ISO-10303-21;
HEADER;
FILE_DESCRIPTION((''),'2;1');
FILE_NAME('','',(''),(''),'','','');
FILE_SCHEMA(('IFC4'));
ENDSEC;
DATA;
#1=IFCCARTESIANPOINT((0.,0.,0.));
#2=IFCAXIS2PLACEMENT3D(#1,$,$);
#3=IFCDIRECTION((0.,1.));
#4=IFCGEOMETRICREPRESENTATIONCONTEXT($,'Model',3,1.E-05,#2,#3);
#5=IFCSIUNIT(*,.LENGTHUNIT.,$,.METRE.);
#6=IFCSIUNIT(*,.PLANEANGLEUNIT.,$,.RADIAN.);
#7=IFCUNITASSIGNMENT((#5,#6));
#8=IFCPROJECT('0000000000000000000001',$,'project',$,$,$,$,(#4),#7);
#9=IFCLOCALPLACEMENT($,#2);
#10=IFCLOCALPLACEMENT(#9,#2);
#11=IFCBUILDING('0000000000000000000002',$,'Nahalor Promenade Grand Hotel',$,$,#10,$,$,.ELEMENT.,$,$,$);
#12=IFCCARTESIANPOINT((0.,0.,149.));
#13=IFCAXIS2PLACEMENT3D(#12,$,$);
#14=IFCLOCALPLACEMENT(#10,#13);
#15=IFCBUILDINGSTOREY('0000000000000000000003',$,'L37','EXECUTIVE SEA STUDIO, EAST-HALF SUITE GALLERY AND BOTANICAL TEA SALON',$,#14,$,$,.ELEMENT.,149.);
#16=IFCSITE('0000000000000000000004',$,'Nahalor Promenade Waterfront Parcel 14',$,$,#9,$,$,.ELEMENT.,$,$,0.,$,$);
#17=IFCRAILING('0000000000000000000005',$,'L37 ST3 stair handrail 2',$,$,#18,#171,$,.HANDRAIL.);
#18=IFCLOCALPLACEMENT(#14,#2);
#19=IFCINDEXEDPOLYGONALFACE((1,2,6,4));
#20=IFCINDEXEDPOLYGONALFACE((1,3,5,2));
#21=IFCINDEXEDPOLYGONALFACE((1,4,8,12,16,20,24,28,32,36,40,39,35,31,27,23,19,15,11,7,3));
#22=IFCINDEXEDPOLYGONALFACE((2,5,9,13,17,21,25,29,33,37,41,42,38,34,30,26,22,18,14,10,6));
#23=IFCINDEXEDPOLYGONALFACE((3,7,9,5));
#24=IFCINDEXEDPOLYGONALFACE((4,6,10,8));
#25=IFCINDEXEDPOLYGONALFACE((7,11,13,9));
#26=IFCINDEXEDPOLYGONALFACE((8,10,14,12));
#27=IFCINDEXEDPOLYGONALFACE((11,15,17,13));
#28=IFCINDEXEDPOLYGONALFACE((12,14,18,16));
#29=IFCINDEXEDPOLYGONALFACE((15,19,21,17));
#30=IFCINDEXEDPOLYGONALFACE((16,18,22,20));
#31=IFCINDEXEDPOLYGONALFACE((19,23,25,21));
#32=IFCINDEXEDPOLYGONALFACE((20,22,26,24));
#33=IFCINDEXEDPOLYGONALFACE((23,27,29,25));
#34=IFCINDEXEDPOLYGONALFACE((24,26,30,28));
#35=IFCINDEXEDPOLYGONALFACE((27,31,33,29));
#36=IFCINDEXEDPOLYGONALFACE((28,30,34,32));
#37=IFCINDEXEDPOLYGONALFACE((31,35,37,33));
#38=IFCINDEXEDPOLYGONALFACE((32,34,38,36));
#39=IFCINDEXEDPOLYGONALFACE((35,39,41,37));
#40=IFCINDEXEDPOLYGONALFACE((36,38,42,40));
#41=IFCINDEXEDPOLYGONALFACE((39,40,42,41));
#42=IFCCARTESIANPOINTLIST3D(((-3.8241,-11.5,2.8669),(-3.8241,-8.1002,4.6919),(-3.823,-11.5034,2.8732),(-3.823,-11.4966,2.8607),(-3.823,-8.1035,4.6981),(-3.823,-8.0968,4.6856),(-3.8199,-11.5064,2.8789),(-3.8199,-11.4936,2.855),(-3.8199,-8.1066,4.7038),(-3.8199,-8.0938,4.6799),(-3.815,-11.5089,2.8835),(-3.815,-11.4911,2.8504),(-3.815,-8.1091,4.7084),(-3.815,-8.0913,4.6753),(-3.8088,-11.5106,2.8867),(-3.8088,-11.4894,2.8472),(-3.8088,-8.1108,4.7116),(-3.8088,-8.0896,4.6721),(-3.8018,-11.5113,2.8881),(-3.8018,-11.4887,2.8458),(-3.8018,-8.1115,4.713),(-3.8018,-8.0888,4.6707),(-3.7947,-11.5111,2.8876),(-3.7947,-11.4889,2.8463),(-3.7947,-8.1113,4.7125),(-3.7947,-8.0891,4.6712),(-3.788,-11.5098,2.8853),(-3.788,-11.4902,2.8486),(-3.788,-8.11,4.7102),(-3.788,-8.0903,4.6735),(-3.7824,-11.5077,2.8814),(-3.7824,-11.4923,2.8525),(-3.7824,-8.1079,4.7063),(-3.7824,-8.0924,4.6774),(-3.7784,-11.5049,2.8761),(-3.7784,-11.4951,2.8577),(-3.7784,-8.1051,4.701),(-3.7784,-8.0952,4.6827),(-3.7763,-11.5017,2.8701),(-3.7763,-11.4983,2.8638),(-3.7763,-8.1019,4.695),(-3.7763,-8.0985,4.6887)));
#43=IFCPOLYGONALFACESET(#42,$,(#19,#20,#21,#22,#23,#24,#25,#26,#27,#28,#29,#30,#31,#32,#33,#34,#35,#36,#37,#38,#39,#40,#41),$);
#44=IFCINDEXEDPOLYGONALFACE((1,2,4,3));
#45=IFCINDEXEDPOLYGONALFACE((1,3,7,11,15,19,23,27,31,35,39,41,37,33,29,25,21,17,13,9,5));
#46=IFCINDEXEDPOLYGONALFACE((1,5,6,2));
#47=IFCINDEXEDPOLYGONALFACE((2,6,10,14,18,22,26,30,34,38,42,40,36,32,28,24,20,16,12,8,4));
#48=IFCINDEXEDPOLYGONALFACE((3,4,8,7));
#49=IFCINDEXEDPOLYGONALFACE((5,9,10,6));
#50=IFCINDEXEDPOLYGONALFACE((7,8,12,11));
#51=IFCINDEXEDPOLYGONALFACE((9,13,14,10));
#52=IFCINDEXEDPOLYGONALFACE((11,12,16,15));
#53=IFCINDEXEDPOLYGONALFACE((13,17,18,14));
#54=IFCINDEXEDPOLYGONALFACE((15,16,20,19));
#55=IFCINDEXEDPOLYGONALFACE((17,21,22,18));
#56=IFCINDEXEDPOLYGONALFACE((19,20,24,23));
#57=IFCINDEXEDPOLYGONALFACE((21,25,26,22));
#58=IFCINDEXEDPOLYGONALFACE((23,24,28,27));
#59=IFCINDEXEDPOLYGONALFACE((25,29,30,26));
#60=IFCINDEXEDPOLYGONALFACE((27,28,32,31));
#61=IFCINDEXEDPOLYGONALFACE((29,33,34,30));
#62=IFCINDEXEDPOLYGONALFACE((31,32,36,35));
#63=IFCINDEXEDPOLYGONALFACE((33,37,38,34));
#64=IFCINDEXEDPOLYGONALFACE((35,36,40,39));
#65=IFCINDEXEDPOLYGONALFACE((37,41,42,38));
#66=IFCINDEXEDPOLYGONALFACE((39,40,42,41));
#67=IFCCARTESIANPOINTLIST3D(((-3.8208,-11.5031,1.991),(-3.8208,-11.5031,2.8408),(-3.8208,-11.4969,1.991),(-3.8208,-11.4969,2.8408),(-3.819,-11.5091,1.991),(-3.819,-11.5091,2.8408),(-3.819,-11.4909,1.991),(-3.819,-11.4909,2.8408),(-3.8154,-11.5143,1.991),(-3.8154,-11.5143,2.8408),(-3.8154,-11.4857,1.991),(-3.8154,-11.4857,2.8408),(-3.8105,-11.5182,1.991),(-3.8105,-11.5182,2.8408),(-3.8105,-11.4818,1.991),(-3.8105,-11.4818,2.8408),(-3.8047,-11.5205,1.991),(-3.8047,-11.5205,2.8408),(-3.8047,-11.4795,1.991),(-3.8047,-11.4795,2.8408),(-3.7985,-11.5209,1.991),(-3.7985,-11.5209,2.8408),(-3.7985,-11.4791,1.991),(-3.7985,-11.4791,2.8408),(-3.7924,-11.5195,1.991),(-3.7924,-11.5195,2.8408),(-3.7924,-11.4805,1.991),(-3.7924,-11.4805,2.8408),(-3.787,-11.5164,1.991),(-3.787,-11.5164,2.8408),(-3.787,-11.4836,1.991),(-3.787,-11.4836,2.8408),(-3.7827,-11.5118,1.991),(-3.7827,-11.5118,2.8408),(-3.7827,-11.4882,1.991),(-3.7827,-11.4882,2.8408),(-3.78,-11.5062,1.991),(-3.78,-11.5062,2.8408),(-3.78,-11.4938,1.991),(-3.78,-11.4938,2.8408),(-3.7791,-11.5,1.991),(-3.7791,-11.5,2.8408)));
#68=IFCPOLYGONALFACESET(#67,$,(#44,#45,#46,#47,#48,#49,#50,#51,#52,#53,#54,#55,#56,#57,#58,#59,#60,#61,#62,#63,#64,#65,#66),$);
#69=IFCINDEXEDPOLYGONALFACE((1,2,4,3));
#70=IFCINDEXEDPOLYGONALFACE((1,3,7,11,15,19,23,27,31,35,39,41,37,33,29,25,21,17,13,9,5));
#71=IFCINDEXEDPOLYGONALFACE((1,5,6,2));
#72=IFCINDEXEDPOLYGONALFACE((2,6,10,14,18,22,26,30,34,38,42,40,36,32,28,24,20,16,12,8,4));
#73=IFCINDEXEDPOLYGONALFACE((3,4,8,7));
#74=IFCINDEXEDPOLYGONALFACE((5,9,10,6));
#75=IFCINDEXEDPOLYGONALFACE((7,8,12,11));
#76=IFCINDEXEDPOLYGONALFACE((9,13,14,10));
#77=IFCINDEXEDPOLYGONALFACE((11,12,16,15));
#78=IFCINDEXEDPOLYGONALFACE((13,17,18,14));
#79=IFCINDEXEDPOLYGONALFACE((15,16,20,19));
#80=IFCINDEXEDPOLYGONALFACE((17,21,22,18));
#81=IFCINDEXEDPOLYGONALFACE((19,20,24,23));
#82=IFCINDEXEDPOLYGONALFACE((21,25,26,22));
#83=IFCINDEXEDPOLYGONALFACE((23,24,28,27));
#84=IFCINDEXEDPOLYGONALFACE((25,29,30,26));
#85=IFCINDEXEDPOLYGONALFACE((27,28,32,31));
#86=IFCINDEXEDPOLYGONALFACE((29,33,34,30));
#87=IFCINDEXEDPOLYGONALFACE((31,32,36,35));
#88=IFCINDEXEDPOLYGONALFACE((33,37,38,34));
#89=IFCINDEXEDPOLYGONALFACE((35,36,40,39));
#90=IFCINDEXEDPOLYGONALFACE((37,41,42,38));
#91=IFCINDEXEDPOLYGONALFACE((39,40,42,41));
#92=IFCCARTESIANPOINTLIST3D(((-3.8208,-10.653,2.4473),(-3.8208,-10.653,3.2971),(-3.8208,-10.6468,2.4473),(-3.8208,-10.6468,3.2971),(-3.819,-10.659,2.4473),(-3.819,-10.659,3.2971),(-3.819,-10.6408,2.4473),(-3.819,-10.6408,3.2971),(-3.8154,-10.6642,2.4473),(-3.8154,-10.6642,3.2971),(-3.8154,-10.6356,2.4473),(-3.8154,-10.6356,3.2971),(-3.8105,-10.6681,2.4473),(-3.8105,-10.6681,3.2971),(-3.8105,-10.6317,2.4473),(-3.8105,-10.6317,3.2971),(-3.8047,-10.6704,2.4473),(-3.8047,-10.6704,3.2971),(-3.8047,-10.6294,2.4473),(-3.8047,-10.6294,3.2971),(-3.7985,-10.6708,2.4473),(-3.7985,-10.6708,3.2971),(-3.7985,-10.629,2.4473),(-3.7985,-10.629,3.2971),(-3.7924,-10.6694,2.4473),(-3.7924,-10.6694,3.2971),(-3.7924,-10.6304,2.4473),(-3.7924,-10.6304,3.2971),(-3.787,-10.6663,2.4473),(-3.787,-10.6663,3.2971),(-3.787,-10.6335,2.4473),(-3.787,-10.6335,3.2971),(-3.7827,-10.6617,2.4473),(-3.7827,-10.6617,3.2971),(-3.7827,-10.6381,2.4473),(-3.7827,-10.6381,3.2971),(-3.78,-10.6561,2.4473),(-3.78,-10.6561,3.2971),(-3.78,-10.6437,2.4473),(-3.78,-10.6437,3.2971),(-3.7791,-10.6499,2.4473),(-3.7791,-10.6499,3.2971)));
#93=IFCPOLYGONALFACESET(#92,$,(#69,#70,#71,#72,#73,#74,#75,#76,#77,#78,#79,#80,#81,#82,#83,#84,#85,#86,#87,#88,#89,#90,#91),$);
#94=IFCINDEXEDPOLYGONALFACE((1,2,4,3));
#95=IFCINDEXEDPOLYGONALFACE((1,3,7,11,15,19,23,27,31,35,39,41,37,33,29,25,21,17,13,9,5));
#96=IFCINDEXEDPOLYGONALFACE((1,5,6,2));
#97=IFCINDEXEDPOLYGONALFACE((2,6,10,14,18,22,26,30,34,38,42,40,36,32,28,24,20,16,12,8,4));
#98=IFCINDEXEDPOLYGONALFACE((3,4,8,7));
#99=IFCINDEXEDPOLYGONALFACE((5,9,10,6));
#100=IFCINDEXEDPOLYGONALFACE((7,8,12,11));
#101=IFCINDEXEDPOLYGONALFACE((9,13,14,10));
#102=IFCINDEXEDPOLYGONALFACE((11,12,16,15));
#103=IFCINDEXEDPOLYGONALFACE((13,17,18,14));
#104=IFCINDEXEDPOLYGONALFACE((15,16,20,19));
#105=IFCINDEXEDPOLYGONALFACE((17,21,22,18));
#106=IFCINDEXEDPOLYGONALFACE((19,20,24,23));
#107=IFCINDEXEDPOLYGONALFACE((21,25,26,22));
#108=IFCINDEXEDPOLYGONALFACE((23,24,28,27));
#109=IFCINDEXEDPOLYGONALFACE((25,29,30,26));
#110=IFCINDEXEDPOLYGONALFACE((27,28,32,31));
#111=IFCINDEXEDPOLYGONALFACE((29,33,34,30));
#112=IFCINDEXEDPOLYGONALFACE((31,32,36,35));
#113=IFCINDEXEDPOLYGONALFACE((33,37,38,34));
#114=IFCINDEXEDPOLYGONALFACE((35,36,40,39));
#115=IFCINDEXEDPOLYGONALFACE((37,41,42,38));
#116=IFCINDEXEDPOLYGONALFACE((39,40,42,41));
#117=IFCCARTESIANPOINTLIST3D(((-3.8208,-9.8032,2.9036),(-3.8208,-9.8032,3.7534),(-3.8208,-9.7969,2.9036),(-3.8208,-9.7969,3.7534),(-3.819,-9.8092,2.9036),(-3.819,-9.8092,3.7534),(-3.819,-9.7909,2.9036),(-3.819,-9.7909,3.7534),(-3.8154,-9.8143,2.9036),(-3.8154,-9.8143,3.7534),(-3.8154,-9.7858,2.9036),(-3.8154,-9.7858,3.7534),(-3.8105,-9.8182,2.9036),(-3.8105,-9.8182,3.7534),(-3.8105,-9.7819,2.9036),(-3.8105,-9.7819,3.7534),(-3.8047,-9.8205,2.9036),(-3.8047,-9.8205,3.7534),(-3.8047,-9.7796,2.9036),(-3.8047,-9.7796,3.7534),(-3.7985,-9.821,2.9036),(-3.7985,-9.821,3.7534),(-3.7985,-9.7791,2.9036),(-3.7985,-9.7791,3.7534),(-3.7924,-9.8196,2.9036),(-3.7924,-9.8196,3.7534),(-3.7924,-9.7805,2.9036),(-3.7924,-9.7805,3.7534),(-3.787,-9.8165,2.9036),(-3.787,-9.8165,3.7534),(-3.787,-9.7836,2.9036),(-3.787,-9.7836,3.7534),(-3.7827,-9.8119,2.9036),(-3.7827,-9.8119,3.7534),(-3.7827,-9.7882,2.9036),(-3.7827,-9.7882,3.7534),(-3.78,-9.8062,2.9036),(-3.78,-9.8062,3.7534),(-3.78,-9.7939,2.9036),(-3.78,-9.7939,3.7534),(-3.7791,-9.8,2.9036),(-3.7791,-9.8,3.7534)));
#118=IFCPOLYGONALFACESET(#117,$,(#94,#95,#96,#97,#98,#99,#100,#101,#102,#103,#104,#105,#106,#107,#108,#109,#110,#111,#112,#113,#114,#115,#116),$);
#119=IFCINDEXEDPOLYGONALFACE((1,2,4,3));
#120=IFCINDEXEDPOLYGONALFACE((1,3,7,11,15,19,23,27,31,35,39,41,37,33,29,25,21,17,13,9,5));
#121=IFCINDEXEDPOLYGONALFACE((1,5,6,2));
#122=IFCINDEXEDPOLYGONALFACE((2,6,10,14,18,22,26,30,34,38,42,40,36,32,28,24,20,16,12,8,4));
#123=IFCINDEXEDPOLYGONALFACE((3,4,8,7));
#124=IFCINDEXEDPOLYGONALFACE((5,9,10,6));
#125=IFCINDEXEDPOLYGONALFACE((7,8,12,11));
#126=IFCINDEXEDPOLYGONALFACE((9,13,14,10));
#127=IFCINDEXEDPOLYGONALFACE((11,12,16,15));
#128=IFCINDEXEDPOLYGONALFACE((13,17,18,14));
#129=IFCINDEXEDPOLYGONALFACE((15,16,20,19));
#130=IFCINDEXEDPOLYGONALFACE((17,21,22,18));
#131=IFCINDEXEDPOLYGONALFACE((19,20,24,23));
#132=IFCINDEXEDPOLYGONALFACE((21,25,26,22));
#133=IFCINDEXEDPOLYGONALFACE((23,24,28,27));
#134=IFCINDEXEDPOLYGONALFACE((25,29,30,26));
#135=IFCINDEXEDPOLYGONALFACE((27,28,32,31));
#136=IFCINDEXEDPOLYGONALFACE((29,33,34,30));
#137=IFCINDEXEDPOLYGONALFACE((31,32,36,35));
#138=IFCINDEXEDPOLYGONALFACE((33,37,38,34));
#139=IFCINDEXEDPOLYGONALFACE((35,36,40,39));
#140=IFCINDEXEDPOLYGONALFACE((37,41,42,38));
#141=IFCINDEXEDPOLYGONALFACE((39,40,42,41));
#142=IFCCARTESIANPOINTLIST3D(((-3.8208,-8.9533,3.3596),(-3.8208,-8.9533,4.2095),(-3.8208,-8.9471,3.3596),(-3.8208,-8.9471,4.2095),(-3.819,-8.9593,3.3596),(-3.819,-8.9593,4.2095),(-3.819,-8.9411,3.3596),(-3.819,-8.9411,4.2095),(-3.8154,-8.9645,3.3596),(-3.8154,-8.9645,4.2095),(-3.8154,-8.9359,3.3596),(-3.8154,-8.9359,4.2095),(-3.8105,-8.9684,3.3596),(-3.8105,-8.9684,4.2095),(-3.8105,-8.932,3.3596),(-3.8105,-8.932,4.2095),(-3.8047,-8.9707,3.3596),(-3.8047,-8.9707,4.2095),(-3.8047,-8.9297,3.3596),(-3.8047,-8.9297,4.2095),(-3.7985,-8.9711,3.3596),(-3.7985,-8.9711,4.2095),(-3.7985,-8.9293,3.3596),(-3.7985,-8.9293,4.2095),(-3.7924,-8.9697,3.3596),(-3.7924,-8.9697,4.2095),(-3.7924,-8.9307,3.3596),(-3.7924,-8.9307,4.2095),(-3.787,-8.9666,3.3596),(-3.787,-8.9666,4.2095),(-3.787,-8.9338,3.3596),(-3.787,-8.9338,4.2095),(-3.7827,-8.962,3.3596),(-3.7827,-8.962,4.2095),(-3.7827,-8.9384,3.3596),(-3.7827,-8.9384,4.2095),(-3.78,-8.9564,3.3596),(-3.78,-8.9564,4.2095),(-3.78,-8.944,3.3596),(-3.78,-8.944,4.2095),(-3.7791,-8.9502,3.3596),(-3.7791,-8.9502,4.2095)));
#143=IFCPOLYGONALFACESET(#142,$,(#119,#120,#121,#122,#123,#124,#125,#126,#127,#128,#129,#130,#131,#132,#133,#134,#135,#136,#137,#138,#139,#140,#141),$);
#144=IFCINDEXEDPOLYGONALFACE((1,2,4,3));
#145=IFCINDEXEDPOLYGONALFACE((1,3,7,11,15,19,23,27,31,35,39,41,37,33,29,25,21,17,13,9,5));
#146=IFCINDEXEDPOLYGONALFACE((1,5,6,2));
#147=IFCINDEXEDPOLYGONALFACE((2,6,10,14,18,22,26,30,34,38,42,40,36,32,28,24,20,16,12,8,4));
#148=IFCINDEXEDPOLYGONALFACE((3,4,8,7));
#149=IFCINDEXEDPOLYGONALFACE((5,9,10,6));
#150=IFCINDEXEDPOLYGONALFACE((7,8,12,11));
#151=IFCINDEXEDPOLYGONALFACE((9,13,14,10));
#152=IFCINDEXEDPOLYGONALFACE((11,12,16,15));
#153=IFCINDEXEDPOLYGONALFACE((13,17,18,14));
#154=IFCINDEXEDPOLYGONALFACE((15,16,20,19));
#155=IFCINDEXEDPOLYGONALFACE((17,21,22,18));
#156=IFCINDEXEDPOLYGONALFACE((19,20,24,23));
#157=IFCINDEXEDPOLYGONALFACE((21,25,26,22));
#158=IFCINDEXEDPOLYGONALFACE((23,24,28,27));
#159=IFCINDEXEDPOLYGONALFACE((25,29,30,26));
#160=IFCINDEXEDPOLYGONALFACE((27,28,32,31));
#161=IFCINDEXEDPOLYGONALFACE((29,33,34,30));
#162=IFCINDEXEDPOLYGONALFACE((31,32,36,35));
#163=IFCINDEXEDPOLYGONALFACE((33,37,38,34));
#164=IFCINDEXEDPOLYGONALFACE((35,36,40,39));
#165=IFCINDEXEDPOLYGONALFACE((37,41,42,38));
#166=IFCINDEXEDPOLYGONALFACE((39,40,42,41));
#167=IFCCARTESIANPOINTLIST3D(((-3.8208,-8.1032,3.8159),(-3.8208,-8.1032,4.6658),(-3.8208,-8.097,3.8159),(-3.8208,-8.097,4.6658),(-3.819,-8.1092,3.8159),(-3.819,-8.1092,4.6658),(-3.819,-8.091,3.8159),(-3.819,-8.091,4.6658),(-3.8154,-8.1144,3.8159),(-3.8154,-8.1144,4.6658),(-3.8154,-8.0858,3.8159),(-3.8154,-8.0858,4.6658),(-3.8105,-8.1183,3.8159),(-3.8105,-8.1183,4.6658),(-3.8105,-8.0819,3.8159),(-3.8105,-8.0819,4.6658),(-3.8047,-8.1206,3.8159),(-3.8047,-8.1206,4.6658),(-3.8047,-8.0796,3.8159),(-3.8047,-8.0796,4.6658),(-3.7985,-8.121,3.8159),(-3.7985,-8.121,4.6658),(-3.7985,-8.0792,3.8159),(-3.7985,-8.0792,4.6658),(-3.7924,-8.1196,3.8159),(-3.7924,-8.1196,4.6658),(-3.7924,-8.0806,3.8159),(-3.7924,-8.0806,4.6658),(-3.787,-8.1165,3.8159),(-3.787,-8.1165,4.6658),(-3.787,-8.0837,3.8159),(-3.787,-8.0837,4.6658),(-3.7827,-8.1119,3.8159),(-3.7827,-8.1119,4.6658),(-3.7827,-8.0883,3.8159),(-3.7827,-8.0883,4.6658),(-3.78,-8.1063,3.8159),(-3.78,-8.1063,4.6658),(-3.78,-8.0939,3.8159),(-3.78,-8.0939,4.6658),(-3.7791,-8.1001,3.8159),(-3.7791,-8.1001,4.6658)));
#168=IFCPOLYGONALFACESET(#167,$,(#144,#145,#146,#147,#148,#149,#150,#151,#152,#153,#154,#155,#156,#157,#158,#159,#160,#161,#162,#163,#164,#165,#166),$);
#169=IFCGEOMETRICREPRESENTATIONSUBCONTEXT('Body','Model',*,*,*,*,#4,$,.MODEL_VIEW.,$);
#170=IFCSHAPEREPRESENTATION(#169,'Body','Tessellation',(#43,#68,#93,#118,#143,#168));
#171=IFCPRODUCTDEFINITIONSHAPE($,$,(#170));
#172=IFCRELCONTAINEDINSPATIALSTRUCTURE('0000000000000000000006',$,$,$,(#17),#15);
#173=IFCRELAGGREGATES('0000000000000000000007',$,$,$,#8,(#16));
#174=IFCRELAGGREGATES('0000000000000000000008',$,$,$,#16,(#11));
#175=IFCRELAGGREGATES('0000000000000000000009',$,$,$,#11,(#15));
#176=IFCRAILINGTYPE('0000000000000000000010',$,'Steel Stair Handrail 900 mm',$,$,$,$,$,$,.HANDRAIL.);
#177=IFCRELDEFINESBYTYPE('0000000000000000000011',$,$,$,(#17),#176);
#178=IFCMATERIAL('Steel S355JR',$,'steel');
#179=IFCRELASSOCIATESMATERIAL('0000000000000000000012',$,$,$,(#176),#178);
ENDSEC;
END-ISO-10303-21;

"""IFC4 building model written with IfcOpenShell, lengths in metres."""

from ifc_helpers import new_model, si_unit, direction, frame, origin, origin_2d, place, context, subcontext, project, spatial, circle, extrude, material, type_object, element, save


model = new_model("IFC4")

# Units and contexts
model_context = context("Model", 3, precision=1e-05, world=origin(), true_north=direction((0.0, 1.0)))
body_context = subcontext(model_context, "Body", "Model", "MODEL_VIEW")
ifc_project = project(units=[si_unit("LENGTHUNIT", "METRE"), si_unit("PLANEANGLEUNIT", "RADIAN")], contexts=[model_context])

# Site, building, storey
site_placement = place(None, origin())
site = spatial("IfcSite", under=ifc_project, at=site_placement, Name="Nahalor Promenade Waterfront Parcel 14", CompositionType="ELEMENT", RefElevation=0.0)
building_placement = place(site_placement, origin())
building = spatial("IfcBuilding", under=site, at=building_placement, Name="Nahalor Promenade Grand Hotel", CompositionType="ELEMENT")
storey_placement = place(building_placement, frame((0.0, 0.0, 149.0)))
storey = spatial("IfcBuildingStorey", under=building, at=storey_placement, Name="L37", Description="EXECUTIVE SEA STUDIO, EAST-HALF SUITE GALLERY AND BOTANICAL TEA SALON", CompositionType="ELEMENT", Elevation=149.0)

# Shared definitions
ifc_material_1 = material(Name="Steel S355JR", Category="steel")

# Railing
railing_type_1 = type_object("IfcRailingType", Name="Steel Stair Handrail 900 mm", PredefinedType="HANDRAIL", material=ifc_material_1)
railing_1_placement = place(storey_placement, frame((-3.8, -11.5, 1.991)))
element("IfcRailing", 1, at=railing_1_placement, inside=storey, type_object=railing_type_1, Name="L37 ST3 stair handrail 2", PredefinedType="HANDRAIL", context=body_context, shape_type="SweptSolid", body=[
    extrude(circle(Radius=0.024, at=origin_2d()), frame((0.0, 0.0, 0.876), z_axis=(0.0, 0.881094, 0.472941), x_axis=(-1.0, 0.0, 0.0)), (0.0, 0.0, 1.0), 3.8586),
    extrude(circle(Radius=0.021, at=origin_2d()), origin(), (0.0, 0.0, 1.0), 0.8499),
    extrude(circle(Radius=0.021, at=origin_2d()), frame((0.0, 0.8501, 0.4563)), (0.0, 0.0, 1.0), 0.8499),
    extrude(circle(Radius=0.021, at=origin_2d()), frame((0.0, 1.7, 0.9126)), (0.0, 0.0, 1.0), 0.8499),
    extrude(circle(Radius=0.021, at=origin_2d()), frame((0.0, 2.5498, 1.3687)), (0.0, 0.0, 1.0), 0.8499),
    extrude(circle(Radius=0.021, at=origin_2d()), frame((0.0, 3.3999, 1.825)), (0.0, 0.0, 1.0), 0.8499),
])

save(model, "model.ifc")
